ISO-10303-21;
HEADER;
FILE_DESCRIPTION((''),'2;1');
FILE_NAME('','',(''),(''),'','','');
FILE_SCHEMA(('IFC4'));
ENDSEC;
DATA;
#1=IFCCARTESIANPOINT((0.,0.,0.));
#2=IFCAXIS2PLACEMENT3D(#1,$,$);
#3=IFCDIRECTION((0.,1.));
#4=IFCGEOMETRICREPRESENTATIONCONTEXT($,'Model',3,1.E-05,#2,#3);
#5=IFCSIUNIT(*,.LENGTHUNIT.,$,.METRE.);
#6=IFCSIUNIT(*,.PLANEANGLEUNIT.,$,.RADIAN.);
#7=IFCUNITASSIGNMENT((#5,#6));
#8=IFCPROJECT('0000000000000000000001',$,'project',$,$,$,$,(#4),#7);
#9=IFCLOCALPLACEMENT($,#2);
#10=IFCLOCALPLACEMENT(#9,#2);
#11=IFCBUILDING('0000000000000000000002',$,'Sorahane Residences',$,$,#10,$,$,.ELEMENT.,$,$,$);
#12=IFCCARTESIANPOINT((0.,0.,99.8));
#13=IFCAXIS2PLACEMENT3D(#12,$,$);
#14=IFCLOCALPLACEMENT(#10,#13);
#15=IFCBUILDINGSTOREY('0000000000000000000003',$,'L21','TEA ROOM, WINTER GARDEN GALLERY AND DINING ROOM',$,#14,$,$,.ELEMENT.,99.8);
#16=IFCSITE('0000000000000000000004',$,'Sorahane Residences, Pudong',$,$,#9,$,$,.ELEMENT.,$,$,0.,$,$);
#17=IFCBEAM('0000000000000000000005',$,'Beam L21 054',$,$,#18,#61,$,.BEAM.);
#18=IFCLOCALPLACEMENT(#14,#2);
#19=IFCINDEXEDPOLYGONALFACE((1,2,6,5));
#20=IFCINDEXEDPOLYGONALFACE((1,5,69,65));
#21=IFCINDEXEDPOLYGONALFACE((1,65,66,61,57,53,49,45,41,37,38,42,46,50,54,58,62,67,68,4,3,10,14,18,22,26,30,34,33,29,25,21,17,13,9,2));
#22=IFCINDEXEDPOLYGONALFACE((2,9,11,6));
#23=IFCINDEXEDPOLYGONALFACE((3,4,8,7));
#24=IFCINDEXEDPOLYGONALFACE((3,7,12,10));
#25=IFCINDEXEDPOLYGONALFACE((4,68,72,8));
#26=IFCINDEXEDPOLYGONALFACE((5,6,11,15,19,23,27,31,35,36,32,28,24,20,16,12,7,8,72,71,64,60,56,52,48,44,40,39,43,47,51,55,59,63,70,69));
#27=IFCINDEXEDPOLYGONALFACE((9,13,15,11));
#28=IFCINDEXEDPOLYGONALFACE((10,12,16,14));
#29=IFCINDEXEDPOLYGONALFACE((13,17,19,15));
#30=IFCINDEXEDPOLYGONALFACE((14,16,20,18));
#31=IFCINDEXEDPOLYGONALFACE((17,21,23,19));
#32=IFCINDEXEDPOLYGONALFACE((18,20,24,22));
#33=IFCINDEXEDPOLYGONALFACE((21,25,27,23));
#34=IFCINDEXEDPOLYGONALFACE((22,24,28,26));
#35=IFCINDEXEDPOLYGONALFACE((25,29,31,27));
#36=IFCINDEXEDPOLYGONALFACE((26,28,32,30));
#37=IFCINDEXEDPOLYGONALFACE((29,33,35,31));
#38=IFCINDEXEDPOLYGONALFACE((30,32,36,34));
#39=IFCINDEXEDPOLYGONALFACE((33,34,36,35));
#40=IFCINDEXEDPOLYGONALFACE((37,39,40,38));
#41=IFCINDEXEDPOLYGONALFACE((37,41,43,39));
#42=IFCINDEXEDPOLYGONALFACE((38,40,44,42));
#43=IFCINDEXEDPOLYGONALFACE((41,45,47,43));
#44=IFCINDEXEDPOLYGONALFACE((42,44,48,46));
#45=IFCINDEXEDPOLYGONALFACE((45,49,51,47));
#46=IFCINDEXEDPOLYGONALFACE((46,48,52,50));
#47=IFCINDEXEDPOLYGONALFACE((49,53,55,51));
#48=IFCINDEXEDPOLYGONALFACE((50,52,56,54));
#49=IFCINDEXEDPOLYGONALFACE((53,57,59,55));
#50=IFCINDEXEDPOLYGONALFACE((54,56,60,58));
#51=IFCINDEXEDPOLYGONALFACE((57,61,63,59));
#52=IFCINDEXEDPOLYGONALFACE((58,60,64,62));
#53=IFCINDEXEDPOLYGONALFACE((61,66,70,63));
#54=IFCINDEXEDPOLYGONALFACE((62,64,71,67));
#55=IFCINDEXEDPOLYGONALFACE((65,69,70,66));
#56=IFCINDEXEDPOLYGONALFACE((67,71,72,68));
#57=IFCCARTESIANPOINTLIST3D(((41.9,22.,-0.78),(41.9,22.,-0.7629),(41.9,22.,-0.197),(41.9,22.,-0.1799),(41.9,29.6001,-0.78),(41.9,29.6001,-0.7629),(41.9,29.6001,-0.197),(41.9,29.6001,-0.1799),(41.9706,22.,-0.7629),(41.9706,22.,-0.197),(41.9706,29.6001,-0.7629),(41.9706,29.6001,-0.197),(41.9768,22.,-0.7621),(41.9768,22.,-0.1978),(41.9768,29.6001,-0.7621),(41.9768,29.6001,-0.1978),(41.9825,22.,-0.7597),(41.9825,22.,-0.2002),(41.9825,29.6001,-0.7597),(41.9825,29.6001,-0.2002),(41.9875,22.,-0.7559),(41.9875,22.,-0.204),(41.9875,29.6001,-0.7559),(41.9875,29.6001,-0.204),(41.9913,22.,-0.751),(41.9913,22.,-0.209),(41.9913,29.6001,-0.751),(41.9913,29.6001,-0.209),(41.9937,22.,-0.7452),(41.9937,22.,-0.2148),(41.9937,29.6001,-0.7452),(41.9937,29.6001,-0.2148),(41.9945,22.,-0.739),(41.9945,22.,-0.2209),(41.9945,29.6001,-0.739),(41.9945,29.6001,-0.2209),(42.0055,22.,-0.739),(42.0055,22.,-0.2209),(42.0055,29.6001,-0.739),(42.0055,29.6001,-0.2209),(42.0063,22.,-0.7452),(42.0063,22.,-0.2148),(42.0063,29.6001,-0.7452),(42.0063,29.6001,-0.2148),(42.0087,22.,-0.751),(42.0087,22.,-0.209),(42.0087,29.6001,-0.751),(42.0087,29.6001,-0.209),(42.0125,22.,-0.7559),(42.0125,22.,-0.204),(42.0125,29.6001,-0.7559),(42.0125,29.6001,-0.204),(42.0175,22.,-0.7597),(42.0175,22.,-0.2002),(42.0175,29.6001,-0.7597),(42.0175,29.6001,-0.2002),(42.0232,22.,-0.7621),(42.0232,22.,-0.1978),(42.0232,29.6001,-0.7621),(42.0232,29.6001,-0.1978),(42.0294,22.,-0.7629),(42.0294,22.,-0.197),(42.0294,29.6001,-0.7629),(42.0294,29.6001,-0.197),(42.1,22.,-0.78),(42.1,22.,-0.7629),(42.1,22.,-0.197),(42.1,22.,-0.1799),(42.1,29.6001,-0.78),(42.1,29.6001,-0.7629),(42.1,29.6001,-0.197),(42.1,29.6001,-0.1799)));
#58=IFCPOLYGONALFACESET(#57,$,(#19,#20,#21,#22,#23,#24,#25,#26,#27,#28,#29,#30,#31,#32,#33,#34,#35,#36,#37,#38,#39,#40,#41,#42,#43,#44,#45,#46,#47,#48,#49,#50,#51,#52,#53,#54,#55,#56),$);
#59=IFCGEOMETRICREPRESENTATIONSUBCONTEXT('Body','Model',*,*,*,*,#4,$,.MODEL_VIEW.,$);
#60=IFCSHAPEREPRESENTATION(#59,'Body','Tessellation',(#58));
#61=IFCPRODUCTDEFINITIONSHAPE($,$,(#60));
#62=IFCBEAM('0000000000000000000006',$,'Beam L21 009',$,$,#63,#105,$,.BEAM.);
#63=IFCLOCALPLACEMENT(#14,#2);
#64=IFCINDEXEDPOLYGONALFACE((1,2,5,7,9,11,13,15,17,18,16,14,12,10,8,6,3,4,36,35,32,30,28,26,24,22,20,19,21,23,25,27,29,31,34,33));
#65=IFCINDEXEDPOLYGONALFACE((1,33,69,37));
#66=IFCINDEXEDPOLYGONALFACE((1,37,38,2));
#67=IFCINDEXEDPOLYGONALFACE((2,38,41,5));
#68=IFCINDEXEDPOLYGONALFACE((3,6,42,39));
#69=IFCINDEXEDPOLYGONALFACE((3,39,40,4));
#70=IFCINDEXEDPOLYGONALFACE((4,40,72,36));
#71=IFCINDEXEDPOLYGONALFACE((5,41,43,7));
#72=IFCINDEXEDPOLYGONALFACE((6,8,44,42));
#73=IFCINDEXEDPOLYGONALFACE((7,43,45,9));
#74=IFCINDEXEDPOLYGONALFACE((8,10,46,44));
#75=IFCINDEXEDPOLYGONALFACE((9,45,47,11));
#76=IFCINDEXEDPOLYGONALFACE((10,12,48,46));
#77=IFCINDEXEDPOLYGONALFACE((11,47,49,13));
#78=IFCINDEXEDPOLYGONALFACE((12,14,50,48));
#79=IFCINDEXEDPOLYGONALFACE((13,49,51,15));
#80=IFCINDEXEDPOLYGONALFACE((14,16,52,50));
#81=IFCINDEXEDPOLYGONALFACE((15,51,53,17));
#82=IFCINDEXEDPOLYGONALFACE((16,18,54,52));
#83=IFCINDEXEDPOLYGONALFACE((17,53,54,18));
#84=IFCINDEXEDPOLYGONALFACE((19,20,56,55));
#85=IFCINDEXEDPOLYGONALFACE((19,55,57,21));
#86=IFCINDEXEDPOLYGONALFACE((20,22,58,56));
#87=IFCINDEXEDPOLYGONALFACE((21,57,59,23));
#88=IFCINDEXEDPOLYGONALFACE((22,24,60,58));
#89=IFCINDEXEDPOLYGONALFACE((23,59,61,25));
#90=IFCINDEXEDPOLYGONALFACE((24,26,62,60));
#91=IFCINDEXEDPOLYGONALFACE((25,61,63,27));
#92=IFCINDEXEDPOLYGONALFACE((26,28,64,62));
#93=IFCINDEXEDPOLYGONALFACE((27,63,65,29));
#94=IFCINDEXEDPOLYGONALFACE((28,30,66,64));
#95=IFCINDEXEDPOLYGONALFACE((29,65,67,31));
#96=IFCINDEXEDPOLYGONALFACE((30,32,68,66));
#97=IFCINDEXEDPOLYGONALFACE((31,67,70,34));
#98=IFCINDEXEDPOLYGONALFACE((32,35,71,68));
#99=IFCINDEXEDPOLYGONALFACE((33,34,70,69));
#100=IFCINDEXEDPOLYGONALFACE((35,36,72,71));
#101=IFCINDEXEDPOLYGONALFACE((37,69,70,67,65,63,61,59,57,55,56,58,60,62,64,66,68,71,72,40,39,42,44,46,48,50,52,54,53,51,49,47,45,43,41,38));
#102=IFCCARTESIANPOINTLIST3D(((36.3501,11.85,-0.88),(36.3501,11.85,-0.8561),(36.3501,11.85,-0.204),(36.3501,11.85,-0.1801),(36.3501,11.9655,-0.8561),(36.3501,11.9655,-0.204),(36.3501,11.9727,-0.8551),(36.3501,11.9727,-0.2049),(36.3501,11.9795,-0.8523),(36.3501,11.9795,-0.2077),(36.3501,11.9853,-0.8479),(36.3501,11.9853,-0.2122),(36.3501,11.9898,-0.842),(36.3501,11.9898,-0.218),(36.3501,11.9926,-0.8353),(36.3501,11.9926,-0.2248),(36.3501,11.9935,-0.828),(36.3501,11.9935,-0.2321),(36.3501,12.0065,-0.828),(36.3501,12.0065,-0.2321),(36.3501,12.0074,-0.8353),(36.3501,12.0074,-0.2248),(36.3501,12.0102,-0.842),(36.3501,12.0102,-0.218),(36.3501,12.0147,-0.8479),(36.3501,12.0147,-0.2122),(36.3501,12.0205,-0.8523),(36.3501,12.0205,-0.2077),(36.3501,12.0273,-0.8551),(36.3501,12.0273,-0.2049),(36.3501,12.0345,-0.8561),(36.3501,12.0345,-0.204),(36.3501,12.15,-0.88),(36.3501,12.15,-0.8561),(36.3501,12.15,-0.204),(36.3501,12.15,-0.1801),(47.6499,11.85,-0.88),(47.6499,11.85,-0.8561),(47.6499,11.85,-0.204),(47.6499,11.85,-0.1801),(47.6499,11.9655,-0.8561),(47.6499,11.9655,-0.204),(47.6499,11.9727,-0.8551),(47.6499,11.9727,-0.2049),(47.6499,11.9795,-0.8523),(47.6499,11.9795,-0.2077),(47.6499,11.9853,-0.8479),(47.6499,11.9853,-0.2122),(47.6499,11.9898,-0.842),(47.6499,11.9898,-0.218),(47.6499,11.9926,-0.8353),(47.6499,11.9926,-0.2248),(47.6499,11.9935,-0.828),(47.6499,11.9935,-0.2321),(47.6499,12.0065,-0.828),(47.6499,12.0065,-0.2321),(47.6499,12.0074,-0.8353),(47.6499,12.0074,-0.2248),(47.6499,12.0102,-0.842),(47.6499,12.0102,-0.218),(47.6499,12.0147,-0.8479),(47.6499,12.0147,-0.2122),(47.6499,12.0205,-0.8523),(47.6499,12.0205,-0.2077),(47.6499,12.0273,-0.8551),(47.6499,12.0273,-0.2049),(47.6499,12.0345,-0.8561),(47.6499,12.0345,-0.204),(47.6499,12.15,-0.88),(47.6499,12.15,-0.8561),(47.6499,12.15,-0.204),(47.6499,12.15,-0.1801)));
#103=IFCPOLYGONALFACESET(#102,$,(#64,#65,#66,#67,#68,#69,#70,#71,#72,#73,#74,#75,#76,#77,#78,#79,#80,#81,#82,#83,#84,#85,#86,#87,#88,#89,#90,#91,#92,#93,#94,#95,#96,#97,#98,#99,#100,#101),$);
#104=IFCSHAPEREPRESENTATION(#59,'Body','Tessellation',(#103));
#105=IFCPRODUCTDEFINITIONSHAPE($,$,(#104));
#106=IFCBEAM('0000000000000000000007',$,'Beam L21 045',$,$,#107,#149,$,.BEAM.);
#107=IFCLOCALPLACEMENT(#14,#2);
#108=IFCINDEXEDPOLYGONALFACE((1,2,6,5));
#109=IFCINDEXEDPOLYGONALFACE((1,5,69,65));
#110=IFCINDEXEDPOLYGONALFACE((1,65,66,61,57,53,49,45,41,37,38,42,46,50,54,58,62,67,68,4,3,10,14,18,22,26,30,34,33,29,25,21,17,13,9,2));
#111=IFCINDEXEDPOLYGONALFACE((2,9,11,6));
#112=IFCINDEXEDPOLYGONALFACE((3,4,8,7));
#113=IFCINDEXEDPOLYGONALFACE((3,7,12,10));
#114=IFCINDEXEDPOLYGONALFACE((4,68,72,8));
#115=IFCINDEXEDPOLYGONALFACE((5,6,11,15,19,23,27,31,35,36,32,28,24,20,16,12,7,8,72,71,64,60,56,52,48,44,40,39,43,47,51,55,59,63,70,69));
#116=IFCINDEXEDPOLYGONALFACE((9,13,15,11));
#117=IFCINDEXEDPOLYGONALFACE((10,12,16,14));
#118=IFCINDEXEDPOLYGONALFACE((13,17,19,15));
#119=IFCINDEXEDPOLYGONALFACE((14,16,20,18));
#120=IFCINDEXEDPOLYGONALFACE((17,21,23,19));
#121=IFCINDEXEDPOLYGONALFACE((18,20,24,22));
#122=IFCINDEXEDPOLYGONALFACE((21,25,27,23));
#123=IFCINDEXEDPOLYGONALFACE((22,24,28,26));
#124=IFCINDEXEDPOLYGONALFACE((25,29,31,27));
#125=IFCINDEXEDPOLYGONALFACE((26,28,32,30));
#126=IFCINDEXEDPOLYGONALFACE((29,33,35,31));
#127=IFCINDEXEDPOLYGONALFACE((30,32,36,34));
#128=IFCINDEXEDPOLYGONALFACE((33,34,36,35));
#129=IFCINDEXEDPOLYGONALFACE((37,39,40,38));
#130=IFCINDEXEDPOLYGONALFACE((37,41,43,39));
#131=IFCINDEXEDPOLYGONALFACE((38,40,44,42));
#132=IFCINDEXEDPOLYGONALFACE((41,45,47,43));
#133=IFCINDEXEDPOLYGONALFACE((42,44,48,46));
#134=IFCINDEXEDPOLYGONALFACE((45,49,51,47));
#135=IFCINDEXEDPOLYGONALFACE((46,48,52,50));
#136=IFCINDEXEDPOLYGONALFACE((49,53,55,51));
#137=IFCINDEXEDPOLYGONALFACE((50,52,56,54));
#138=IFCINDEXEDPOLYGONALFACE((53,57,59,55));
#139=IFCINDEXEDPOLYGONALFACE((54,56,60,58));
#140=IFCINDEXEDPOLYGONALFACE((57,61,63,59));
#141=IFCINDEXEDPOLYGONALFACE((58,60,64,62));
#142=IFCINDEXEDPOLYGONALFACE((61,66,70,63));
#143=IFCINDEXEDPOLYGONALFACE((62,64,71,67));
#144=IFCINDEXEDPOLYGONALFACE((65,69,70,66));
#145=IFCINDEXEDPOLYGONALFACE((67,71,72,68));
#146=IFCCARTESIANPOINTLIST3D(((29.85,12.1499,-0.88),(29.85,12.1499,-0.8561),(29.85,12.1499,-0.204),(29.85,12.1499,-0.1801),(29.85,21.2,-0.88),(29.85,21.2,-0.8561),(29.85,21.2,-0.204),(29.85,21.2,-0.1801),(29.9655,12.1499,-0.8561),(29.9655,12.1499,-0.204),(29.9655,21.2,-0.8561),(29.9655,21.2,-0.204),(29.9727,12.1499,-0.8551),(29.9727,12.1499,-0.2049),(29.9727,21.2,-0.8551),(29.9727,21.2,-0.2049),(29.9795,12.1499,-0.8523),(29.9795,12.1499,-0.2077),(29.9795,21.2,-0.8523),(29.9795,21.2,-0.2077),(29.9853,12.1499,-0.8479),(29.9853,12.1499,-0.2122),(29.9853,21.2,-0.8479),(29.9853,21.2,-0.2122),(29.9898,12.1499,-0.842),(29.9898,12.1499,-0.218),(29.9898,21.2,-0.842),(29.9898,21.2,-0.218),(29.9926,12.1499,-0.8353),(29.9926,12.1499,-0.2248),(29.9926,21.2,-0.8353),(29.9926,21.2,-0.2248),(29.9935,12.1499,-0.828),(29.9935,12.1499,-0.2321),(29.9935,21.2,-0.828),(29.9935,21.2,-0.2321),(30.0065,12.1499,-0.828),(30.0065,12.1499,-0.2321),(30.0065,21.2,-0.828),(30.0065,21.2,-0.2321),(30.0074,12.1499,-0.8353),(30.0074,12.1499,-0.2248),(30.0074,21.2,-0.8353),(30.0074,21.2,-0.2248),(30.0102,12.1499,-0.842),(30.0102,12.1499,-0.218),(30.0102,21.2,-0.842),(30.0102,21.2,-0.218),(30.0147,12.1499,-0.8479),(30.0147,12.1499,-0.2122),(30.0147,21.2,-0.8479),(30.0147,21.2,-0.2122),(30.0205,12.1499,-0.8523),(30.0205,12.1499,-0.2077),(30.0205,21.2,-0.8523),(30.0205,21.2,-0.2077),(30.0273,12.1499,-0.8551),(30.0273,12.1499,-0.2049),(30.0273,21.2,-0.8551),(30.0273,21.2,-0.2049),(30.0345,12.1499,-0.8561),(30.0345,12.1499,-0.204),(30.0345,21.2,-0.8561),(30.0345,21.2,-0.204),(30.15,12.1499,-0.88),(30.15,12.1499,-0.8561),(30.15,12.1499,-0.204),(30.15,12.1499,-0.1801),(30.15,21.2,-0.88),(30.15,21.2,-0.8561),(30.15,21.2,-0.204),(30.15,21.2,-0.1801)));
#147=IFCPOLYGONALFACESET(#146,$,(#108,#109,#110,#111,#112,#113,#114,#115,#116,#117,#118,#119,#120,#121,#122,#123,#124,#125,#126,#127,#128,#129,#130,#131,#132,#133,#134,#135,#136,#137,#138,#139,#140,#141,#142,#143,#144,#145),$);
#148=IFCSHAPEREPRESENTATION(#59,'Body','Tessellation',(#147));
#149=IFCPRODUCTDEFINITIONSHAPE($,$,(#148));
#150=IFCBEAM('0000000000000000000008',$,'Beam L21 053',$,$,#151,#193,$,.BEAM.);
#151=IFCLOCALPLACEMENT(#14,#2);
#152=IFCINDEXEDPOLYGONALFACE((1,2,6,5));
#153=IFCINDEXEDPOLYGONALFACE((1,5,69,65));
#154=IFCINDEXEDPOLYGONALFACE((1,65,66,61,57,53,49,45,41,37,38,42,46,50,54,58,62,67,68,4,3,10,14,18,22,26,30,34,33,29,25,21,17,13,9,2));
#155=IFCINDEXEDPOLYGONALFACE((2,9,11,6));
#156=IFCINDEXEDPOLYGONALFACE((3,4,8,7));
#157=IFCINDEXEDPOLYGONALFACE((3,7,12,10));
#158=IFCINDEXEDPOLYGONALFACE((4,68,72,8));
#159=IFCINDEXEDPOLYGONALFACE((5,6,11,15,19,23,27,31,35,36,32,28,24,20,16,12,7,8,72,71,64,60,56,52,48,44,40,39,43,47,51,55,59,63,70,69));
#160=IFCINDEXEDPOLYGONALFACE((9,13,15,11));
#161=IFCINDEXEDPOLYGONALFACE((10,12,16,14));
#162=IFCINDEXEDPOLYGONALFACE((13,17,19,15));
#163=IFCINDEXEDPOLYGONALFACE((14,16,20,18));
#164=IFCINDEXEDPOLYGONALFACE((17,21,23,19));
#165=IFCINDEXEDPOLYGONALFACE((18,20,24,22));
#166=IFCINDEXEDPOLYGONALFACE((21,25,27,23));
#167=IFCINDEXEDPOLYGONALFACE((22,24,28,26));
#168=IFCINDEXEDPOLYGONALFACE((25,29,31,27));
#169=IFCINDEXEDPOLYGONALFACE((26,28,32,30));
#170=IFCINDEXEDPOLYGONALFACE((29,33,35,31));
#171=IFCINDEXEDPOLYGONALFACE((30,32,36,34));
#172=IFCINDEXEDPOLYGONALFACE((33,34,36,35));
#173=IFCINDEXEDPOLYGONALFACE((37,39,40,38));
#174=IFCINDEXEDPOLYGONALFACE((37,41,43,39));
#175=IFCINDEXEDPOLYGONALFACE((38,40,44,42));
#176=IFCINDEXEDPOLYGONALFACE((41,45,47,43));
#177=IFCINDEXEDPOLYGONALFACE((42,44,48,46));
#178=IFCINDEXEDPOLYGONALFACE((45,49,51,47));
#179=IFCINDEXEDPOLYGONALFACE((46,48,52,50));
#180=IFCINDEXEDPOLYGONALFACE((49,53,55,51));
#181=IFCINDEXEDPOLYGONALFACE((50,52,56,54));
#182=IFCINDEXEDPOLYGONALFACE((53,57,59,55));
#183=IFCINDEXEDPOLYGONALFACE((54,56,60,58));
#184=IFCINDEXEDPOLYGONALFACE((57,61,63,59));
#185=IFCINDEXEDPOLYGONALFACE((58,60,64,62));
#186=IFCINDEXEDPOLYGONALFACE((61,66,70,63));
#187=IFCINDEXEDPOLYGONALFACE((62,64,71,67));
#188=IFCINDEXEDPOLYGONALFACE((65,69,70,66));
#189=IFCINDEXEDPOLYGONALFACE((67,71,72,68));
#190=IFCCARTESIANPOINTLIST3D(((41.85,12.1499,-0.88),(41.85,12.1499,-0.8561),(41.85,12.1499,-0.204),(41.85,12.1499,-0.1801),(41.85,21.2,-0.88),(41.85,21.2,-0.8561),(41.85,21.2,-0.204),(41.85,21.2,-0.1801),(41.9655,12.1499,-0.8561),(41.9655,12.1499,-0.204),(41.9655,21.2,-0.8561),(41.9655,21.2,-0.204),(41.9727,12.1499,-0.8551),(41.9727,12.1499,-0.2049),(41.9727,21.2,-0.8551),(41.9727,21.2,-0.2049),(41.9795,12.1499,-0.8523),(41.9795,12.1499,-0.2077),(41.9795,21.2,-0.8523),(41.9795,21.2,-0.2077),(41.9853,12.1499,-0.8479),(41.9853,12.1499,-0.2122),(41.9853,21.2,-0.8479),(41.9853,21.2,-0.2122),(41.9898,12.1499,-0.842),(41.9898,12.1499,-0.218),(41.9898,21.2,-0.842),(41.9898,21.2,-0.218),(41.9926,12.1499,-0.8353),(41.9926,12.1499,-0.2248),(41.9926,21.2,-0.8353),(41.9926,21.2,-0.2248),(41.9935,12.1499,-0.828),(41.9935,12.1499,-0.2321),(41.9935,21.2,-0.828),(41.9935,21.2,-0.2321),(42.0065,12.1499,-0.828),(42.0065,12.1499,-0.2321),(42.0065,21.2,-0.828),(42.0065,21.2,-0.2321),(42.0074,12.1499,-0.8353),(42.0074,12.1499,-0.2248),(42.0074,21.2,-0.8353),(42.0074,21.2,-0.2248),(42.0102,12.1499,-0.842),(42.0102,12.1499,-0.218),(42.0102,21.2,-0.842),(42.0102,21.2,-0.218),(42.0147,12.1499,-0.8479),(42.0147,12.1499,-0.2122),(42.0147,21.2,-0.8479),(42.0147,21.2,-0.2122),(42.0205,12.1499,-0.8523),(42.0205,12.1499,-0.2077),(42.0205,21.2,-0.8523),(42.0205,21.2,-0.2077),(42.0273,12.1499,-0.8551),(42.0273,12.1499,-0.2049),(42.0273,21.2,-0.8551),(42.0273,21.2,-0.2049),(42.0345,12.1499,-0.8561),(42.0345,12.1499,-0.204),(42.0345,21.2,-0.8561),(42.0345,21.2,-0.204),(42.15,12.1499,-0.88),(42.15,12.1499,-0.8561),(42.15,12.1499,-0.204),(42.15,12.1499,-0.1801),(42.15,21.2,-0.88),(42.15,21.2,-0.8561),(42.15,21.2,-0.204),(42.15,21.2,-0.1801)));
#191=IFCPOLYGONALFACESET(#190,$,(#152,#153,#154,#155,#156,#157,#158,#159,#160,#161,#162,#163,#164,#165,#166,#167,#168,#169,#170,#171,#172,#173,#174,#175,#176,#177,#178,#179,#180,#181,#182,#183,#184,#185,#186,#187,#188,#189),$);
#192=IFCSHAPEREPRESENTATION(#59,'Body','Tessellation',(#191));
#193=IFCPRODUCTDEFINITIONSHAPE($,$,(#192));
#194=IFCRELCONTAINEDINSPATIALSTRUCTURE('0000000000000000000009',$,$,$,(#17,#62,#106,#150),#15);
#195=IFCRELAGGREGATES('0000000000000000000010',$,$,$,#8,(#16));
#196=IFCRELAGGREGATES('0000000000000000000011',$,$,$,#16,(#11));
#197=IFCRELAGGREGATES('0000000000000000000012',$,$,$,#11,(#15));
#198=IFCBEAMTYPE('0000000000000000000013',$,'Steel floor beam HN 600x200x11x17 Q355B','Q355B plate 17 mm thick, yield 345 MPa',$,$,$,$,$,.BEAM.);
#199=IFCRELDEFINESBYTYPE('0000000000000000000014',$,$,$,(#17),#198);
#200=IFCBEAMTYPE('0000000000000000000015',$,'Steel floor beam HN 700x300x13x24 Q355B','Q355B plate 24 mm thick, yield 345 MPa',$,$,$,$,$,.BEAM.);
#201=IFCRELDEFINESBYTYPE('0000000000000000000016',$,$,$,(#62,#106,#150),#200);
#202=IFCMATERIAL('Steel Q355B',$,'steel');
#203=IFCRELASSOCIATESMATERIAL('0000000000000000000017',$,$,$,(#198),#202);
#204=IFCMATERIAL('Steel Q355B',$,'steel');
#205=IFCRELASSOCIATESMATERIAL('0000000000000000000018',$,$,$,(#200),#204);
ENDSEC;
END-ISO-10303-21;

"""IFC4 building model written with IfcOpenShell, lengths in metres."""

from ifc_helpers import new_model, si_unit, direction, frame, origin, origin_2d, place, context, subcontext, project, spatial, i_section, extrude, material, material_profile, profile_set, type_object, element, save


model = new_model("IFC4")

# Units and contexts
model_context = context("Model", 3, precision=1e-05, world=origin(), true_north=direction((0.0, 1.0)))
body_context = subcontext(model_context, "Body", "Model", "MODEL_VIEW")
ifc_project = project(units=[si_unit("LENGTHUNIT", "METRE"), si_unit("PLANEANGLEUNIT", "RADIAN")], contexts=[model_context])

# Site, building, storey
site_placement = place(None, origin())
site = spatial("IfcSite", under=ifc_project, at=site_placement, Name="Sorahane Residences, Pudong", CompositionType="ELEMENT", RefElevation=0.0)
building_placement = place(site_placement, origin())
building = spatial("IfcBuilding", under=site, at=building_placement, Name="Sorahane Residences", CompositionType="ELEMENT")
storey_placement = place(building_placement, frame((0.0, 0.0, 99.8)))
storey = spatial("IfcBuildingStorey", under=building, at=storey_placement, Name="L21", Description="TEA ROOM, WINTER GARDEN GALLERY AND DINING ROOM", CompositionType="ELEMENT", Elevation=99.8)

# Beams
ifc_material_1 = material(Name="Steel Q355B", Category="steel")
ifc_material_profile_1 = material_profile(ifc_material_1, i_section(OverallWidth=0.2, OverallDepth=0.6001, WebThickness=0.011, FlangeThickness=0.0171, FilletRadius=0.0239, at=origin_2d()), Name="HN 600x200x11x17")
ifc_profile_set_1 = profile_set([ifc_material_profile_1], Name="Steel Q355B")
beam_type_1 = type_object("IfcBeamType", Name="Steel floor beam HN 600x200x11x17 Q355B", Description="Q355B plate 17 mm thick, yield 345 MPa", PredefinedType="BEAM", material=ifc_profile_set_1)
for number, where, z_axis, x_axis, name in (
    (1, (42.0, 22.0, -0.48), (0.0, 1.0, 0.0), (-1.0, 0.0, 0.0), "Beam L21 054"),
):
    element("IfcBeam", number, at=place(storey_placement, frame(where, z_axis=z_axis, x_axis=x_axis)), inside=storey, type_object=beam_type_1, Name=name, PredefinedType="BEAM", context=body_context, shape_type="SweptSolid", body=[
        extrude(i_section(OverallWidth=0.2, OverallDepth=0.6001, WebThickness=0.011, FlangeThickness=0.0171, FilletRadius=0.0239, at=origin_2d()), origin(), (0.0, 0.0, 1.0), 7.6001),
    ])
ifc_material_2 = material(Name="Steel Q355B", Category="steel")
ifc_material_profile_2 = material_profile(ifc_material_2, i_section(OverallWidth=0.3, OverallDepth=0.7, WebThickness=0.0129, FlangeThickness=0.0239, FilletRadius=0.0281, at=origin_2d()), Name="HN 700x300x13x24")
ifc_profile_set_2 = profile_set([ifc_material_profile_2], Name="Steel Q355B")
beam_type_2 = type_object("IfcBeamType", Name="Steel floor beam HN 700x300x13x24 Q355B", Description="Q355B plate 24 mm thick, yield 345 MPa", PredefinedType="BEAM", material=ifc_profile_set_2)
beam_1_placement = place(storey_placement, frame((36.3501, 12.0, -0.53), z_axis=(1.0, 0.0, 0.0), x_axis=(0.0, 1.0, 0.0)))
element("IfcBeam", 2, at=beam_1_placement, inside=storey, type_object=beam_type_2, Name="Beam L21 009", PredefinedType="BEAM", context=body_context, shape_type="SweptSolid", body=[
    extrude(i_section(OverallWidth=0.3, OverallDepth=0.7, WebThickness=0.0129, FlangeThickness=0.0239, FilletRadius=0.0281, at=origin_2d()), origin(), (0.0, 0.0, 1.0), 11.2998),
])
for number, where, z_axis, x_axis, name in (
    (3, (30.0, 12.1499, -0.53), (0.0, 1.0, 0.0), (-1.0, 0.0, 0.0), "Beam L21 045"),
    (4, (42.0, 12.1499, -0.53), (0.0, 1.0, 0.0), (-1.0, 0.0, 0.0), "Beam L21 053"),
):
    element("IfcBeam", number, at=place(storey_placement, frame(where, z_axis=z_axis, x_axis=x_axis)), inside=storey, type_object=beam_type_2, Name=name, PredefinedType="BEAM", context=body_context, shape_type="SweptSolid", body=[
        extrude(i_section(OverallWidth=0.3, OverallDepth=0.7, WebThickness=0.0129, FlangeThickness=0.0239, FilletRadius=0.0281, at=origin_2d()), origin(), (0.0, 0.0, 1.0), 9.05),
    ])

save(model, "model.ifc")
